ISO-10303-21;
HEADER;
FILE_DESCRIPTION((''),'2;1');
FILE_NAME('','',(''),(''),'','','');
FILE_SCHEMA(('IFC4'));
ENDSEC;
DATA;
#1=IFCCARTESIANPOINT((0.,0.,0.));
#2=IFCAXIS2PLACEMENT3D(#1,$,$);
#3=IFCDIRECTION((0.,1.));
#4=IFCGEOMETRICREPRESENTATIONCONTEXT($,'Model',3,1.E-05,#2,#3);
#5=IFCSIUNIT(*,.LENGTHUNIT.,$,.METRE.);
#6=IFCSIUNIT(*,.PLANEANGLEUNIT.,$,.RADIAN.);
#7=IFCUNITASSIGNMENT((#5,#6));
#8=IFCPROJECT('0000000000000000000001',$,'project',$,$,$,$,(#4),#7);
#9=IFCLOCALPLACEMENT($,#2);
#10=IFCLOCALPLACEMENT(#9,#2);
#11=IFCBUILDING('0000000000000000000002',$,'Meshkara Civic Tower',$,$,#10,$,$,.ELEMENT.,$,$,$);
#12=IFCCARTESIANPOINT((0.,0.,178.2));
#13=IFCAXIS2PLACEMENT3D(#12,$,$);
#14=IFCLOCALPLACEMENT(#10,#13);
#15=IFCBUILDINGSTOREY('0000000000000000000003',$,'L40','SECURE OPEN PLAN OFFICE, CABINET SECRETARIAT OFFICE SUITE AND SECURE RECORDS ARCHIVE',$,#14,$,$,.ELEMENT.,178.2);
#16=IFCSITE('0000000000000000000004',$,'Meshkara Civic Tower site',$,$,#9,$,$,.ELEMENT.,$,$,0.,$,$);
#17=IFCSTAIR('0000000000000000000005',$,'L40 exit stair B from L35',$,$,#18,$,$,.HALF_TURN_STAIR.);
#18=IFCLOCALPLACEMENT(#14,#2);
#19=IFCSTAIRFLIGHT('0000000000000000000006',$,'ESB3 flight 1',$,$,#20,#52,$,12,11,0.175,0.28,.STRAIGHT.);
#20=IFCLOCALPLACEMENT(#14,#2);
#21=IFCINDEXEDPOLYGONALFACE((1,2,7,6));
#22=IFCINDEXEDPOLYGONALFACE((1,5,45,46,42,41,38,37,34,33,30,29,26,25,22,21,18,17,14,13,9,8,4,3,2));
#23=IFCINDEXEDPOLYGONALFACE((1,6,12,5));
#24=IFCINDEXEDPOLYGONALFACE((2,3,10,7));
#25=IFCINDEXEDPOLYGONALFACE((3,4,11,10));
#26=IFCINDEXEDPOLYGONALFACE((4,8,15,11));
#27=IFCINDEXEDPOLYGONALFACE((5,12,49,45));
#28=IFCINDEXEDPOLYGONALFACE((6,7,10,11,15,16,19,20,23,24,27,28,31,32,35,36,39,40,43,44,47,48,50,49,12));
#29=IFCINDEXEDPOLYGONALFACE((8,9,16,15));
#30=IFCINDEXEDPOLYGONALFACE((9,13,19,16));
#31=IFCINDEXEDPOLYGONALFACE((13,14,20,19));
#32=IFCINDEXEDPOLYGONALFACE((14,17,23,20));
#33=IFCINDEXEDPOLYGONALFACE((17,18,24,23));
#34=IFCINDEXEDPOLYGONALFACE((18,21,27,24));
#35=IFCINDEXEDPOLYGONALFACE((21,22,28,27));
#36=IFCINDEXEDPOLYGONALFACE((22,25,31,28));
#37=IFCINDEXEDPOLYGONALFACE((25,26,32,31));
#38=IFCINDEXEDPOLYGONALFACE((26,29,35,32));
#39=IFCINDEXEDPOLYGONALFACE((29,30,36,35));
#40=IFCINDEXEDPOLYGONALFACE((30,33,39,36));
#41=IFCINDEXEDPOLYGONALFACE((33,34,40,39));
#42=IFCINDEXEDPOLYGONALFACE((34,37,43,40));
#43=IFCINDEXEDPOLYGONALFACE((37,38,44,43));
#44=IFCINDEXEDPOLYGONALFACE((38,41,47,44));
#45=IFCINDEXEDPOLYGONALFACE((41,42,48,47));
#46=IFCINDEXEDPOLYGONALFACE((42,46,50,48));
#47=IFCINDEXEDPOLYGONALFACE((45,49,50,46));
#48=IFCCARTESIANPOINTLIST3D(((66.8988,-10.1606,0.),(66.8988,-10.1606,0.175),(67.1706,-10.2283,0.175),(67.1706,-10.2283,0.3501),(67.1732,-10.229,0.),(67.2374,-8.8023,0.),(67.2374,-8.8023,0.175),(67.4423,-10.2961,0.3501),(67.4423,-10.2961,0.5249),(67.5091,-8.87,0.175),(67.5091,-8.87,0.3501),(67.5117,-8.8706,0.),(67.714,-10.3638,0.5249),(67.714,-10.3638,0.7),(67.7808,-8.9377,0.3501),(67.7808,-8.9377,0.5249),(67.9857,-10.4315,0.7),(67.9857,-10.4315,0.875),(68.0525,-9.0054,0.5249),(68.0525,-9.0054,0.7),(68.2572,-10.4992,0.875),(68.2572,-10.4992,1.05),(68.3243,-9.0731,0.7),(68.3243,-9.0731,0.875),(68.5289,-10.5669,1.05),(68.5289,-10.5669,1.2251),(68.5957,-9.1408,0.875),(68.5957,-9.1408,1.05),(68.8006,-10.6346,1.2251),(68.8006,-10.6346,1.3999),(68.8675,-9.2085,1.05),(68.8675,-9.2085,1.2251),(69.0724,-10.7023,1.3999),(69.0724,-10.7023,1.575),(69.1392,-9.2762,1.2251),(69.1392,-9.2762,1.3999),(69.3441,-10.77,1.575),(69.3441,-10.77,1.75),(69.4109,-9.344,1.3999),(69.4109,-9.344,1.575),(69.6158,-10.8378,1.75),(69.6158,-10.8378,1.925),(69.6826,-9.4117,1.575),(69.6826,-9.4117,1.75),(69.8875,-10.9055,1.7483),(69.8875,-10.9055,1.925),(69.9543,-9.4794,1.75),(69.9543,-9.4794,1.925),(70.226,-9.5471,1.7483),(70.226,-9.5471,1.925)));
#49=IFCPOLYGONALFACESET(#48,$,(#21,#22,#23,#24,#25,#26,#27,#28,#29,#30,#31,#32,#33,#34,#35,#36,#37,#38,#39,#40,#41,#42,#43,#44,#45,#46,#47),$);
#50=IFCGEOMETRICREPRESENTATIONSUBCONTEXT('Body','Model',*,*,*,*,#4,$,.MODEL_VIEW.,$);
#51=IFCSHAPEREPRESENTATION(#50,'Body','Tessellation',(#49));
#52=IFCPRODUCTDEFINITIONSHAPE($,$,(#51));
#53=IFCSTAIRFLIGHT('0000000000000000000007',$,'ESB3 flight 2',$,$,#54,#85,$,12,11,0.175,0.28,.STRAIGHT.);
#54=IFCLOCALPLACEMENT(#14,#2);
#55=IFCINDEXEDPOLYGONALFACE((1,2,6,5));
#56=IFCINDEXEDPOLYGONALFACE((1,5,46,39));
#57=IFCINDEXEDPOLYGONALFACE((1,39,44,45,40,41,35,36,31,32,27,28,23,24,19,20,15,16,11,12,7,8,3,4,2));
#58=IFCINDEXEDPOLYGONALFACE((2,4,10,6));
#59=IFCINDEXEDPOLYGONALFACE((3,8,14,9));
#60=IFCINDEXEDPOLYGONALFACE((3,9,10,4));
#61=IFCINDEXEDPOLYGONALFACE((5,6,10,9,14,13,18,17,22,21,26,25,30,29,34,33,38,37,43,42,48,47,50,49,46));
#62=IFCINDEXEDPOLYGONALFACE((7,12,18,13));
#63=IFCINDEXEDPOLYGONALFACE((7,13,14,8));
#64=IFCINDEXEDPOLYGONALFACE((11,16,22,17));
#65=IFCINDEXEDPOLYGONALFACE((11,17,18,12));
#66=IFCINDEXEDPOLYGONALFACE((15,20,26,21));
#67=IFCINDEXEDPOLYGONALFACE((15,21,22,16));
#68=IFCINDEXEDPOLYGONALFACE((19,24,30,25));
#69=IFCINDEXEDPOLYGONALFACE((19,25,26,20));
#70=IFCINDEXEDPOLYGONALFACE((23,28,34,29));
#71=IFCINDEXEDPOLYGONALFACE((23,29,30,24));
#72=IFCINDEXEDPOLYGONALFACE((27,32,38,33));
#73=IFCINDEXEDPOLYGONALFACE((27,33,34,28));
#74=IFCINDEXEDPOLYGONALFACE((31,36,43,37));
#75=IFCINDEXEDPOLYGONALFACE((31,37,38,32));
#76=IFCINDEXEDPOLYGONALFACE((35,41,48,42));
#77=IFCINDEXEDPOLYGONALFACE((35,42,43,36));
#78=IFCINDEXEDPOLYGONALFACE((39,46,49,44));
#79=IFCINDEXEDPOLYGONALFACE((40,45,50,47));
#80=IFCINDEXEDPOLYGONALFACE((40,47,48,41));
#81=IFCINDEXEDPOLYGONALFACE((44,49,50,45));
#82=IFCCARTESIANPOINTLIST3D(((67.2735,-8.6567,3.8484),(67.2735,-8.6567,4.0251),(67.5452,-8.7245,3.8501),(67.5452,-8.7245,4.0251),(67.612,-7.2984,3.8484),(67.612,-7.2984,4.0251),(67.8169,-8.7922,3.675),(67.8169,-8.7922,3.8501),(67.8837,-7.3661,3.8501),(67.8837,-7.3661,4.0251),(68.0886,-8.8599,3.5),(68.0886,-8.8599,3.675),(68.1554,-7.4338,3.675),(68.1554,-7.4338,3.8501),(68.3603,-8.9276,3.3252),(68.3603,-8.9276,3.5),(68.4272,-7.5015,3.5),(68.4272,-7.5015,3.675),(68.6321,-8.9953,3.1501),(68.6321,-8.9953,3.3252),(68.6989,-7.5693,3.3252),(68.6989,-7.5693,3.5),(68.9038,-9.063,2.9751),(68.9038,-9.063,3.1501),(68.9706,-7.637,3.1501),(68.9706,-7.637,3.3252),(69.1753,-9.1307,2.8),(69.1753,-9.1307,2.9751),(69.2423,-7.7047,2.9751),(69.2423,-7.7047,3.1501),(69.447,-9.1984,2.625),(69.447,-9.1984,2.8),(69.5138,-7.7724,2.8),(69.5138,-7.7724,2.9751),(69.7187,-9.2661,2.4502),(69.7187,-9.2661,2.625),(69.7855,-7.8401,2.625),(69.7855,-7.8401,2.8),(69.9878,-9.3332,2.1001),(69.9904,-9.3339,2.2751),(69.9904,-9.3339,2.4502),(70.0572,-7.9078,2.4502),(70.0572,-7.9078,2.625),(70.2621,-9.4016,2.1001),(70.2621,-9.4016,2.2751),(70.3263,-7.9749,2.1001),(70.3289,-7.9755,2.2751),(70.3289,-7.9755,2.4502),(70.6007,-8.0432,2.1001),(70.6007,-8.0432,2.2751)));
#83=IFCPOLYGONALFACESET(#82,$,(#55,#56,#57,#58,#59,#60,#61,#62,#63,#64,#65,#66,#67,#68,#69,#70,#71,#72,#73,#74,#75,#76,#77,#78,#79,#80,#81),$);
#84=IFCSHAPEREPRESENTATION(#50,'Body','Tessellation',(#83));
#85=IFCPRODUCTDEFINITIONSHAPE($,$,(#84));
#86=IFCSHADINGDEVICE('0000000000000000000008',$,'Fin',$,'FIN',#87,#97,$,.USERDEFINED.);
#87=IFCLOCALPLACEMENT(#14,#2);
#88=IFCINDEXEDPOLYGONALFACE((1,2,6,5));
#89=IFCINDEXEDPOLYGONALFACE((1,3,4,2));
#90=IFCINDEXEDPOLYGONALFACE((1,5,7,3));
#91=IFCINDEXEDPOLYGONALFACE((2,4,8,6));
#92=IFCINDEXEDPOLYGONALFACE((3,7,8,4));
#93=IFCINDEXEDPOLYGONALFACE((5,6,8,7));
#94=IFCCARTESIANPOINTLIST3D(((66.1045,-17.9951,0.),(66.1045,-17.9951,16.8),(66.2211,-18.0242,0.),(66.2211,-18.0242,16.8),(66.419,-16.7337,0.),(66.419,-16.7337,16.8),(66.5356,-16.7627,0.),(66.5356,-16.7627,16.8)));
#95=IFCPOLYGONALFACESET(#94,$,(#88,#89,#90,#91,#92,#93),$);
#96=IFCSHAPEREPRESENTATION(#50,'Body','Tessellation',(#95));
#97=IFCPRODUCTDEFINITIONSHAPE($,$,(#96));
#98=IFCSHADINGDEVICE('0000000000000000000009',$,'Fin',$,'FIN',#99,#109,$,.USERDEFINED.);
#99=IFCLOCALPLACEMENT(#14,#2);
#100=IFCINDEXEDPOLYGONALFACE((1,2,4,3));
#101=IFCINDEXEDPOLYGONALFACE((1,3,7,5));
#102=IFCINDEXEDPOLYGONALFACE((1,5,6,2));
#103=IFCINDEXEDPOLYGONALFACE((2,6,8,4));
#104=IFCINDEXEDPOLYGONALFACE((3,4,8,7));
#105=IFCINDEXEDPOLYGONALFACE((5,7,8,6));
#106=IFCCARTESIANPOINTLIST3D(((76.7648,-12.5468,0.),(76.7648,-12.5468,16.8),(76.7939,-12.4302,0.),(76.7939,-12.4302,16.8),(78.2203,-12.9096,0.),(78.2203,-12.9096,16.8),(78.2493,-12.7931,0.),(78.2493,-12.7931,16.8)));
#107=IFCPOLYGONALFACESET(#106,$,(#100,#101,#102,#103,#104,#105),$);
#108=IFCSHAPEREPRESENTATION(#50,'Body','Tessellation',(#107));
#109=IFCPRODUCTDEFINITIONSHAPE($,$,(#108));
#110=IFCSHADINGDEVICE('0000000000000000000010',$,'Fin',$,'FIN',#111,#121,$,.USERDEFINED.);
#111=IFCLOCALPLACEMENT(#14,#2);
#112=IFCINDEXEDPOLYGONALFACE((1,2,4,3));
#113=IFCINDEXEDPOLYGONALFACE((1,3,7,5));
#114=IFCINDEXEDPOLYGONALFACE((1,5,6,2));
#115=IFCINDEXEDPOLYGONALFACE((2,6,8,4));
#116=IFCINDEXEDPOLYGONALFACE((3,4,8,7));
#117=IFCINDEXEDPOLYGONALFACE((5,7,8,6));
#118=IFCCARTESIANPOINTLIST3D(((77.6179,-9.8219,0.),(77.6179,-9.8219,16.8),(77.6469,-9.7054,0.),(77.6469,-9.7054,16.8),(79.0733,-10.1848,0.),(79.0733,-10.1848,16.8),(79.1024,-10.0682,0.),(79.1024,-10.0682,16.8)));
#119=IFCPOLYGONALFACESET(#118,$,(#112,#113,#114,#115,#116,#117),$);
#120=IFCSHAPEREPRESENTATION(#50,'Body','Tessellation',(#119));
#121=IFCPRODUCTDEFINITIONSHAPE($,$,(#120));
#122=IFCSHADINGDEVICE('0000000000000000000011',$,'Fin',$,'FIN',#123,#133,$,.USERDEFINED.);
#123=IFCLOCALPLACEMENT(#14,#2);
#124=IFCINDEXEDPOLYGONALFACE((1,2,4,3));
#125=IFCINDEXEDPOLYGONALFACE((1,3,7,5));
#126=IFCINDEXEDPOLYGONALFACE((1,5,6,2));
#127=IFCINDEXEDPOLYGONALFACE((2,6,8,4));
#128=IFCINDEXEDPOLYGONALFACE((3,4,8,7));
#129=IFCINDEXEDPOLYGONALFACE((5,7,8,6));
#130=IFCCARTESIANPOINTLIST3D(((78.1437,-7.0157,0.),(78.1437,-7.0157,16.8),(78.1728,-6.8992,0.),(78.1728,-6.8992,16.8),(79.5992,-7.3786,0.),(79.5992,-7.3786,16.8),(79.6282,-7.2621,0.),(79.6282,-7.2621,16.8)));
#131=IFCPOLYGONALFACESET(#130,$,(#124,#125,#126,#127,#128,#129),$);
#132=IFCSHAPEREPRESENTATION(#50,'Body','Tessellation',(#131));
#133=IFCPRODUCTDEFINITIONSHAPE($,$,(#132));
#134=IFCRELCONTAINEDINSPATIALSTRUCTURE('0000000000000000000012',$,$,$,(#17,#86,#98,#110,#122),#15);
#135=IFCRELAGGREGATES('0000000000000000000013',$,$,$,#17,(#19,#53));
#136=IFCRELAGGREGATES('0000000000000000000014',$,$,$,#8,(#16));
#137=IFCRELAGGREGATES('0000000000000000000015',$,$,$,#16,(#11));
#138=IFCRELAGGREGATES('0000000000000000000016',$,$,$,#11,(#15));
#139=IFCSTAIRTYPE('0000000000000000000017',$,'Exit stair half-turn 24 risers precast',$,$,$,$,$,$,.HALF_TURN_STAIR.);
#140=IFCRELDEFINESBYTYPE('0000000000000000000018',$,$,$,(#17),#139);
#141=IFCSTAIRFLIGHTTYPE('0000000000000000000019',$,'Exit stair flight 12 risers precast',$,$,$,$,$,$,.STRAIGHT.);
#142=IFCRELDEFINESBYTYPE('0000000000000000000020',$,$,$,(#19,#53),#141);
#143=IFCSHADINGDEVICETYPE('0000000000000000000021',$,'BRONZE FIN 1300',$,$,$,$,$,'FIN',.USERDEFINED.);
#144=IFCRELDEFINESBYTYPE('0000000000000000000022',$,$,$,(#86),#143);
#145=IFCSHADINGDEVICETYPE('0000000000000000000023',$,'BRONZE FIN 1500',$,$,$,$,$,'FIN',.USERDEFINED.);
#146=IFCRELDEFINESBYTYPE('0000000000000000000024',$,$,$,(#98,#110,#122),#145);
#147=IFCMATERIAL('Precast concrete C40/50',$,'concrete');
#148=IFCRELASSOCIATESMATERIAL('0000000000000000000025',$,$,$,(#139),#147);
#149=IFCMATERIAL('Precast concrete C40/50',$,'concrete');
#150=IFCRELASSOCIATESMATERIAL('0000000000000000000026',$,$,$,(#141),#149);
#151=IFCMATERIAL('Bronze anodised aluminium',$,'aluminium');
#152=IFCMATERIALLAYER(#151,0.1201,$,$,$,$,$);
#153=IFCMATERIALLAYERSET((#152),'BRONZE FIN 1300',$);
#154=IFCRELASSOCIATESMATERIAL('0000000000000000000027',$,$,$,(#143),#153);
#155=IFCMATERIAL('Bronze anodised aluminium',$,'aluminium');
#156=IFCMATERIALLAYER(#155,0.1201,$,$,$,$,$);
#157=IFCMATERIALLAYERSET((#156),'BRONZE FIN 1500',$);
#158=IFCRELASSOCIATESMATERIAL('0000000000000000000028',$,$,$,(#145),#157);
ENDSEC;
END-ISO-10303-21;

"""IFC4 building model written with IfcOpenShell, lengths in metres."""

from ifc_helpers import new_model, si_unit, direction, frame, origin, origin_2d, place, context, subcontext, project, spatial, polyline, rectangle, outline, extrude, material, layer, layer_set, type_object, element, aggregate, save


model = new_model("IFC4")

# Units and contexts
model_context = context("Model", 3, precision=1e-05, world=origin(), true_north=direction((0.0, 1.0)))
body_context = subcontext(model_context, "Body", "Model", "MODEL_VIEW")
ifc_project = project(units=[si_unit("LENGTHUNIT", "METRE"), si_unit("PLANEANGLEUNIT", "RADIAN")], contexts=[model_context])

# Site, building, storey
site_placement = place(None, origin())
site = spatial("IfcSite", under=ifc_project, at=site_placement, Name="Meshkara Civic Tower site", CompositionType="ELEMENT", RefElevation=0.0)
building_placement = place(site_placement, origin())
building = spatial("IfcBuilding", under=site, at=building_placement, Name="Meshkara Civic Tower", CompositionType="ELEMENT")
storey_placement = place(building_placement, frame((0.0, 0.0, 178.2)))
storey = spatial("IfcBuildingStorey", under=building, at=storey_placement, Name="L40", Description="SECURE OPEN PLAN OFFICE, CABINET SECRETARIAT OFFICE SUITE AND SECURE RECORDS ARCHIVE", CompositionType="ELEMENT", Elevation=178.2)

# Stair, stair flights
ifc_material_1 = material(Name="Precast concrete C40/50", Category="concrete")
stair_type = type_object("IfcStairType", Name="Exit stair half-turn 24 risers precast", PredefinedType="HALF_TURN_STAIR", material=ifc_material_1)
stair_placement = place(storey_placement, origin())
stair = element("IfcStair", 1, at=stair_placement, inside=storey, type_object=stair_type, Name="L40 exit stair B from L35", PredefinedType="HALF_TURN_STAIR")
ifc_material_2 = material(Name="Precast concrete C40/50", Category="concrete")
stair_flight_type = type_object("IfcStairFlightType", Name="Exit stair flight 12 risers precast", PredefinedType="STRAIGHT", material=ifc_material_2)
stair_flight_1_placement = place(storey_placement, frame((67.0681, -9.4814, 0.0), z_axis=(0.0, 0.0, 1.0), x_axis=(0.970319, -0.24183, 0.0)))
stair_flight_1 = element("IfcStairFlight", 2, at=stair_flight_1_placement, type_object=stair_flight_type, Name="ESB3 flight 1", NumberOfRisers=12, NumberOfTreads=11, PredefinedType="STRAIGHT", RiserHeight=0.175, TreadLength=0.28, context=body_context, shape_type="SweptSolid", body=[
    extrude(outline(polyline([(0.0, 0.0), (0.0, 0.175), (0.28, 0.175), (0.28, 0.3501), (0.5601, 0.3501), (0.5601, 0.5249), (0.8401, 0.5249), (0.8401, 0.7), (1.1201, 0.7), (1.1201, 0.875), (1.3999, 0.875), (1.3999, 1.05), (1.6799, 1.05), (1.6799, 1.2251), (1.96, 1.2251), (1.96, 1.3999), (2.24, 1.3999), (2.24, 1.575), (2.52, 1.575), (2.52, 1.75), (2.8, 1.75), (2.8, 1.925), (3.0801, 1.925), (3.0801, 2.1001), (3.0801, 1.7483), (0.2827, 0.0), (0.0, 0.0)])), frame((0.0, 0.7, 0.0), z_axis=(0.0, -1.0, 0.0), x_axis=(1.0, 0.0, 0.0)), (0.0, 0.0, 1.0), 1.3999),
])
stair_flight_2_placement = place(storey_placement, frame((70.4314, -8.7224, 2.1001), z_axis=(0.0, 0.0, 1.0), x_axis=(-0.970319, 0.24183, 0.0)))
stair_flight_2 = element("IfcStairFlight", 3, at=stair_flight_2_placement, type_object=stair_flight_type, Name="ESB3 flight 2", NumberOfRisers=12, NumberOfTreads=11, PredefinedType="STRAIGHT", RiserHeight=0.175, TreadLength=0.28, context=body_context, shape_type="SweptSolid", body=[
    extrude(outline(polyline([(0.0, 0.0), (0.0, 0.175), (0.28, 0.175), (0.28, 0.3501), (0.5601, 0.3501), (0.5601, 0.5249), (0.8401, 0.5249), (0.8401, 0.7), (1.1201, 0.7), (1.1201, 0.875), (1.3999, 0.875), (1.3999, 1.05), (1.6799, 1.05), (1.6799, 1.2251), (1.96, 1.2251), (1.96, 1.3999), (2.24, 1.3999), (2.24, 1.575), (2.52, 1.575), (2.52, 1.75), (2.8, 1.75), (2.8, 1.925), (3.0801, 1.925), (3.0801, 2.1001), (3.0801, 1.7483), (0.2827, 0.0), (0.0, 0.0)])), frame((0.0, 0.7, 0.0), z_axis=(0.0, -1.0, 0.0), x_axis=(1.0, 0.0, 0.0)), (0.0, 0.0, 1.0), 1.3999),
])
aggregate(stair, [stair_flight_1, stair_flight_2])

# Shading devices
ifc_material_3 = material(Name="Bronze anodised aluminium", Category="aluminium")
ifc_layer_1 = layer(ifc_material_3, 0.1201)
ifc_layer_set_1 = layer_set([ifc_layer_1], Name="BRONZE FIN 1300")
shading_device_type_1 = type_object("IfcShadingDeviceType", Name="BRONZE FIN 1300", ElementType="FIN", PredefinedType="USERDEFINED", material=ifc_layer_set_1)
shading_device_placement = place(storey_placement, frame((66.3201, -17.3789, 0.0), z_axis=(0.0, 0.0, 1.0), x_axis=(0.9703, -0.241905, 0.0)))
element("IfcShadingDevice", 4, at=shading_device_placement, inside=storey, type_object=shading_device_type_1, Name="Fin", ObjectType="FIN", PredefinedType="USERDEFINED", context=body_context, shape_type="SweptSolid", body=[
    extrude(rectangle(XDim=0.1201, YDim=1.3, at=origin_2d()), origin(), (0.0, 0.0, 1.0), 16.8),
])
ifc_material_4 = material(Name="Bronze anodised aluminium", Category="aluminium")
ifc_layer_2 = layer(ifc_material_4, 0.1201)
ifc_layer_set_2 = layer_set([ifc_layer_2], Name="BRONZE FIN 1500")
shading_device_type_2 = type_object("IfcShadingDeviceType", Name="BRONZE FIN 1500", ElementType="FIN", PredefinedType="USERDEFINED", material=ifc_layer_set_2)
for number, where, z_axis, x_axis, name in (
    (5, (77.5071, -12.6699, 0.0), (0.0, 0.0, 1.0), (0.241922, 0.970296, 0.0), "Fin"),
    (6, (78.3601, -9.9451, 0.0), (0.0, 0.0, 1.0), (0.241922, 0.970296, 0.0), "Fin"),
    (7, (78.886, -7.1389, 0.0), (0.0, 0.0, 1.0), (0.241922, 0.970296, 0.0), "Fin"),
):
    element("IfcShadingDevice", number, at=place(storey_placement, frame(where, z_axis=z_axis, x_axis=x_axis)), inside=storey, type_object=shading_device_type_2, Name=name, ObjectType="FIN", PredefinedType="USERDEFINED", context=body_context, shape_type="SweptSolid", body=[
        extrude(rectangle(XDim=0.1201, YDim=1.5, at=origin_2d()), origin(), (0.0, 0.0, 1.0), 16.8),
    ])

save(model, "model.ifc")
